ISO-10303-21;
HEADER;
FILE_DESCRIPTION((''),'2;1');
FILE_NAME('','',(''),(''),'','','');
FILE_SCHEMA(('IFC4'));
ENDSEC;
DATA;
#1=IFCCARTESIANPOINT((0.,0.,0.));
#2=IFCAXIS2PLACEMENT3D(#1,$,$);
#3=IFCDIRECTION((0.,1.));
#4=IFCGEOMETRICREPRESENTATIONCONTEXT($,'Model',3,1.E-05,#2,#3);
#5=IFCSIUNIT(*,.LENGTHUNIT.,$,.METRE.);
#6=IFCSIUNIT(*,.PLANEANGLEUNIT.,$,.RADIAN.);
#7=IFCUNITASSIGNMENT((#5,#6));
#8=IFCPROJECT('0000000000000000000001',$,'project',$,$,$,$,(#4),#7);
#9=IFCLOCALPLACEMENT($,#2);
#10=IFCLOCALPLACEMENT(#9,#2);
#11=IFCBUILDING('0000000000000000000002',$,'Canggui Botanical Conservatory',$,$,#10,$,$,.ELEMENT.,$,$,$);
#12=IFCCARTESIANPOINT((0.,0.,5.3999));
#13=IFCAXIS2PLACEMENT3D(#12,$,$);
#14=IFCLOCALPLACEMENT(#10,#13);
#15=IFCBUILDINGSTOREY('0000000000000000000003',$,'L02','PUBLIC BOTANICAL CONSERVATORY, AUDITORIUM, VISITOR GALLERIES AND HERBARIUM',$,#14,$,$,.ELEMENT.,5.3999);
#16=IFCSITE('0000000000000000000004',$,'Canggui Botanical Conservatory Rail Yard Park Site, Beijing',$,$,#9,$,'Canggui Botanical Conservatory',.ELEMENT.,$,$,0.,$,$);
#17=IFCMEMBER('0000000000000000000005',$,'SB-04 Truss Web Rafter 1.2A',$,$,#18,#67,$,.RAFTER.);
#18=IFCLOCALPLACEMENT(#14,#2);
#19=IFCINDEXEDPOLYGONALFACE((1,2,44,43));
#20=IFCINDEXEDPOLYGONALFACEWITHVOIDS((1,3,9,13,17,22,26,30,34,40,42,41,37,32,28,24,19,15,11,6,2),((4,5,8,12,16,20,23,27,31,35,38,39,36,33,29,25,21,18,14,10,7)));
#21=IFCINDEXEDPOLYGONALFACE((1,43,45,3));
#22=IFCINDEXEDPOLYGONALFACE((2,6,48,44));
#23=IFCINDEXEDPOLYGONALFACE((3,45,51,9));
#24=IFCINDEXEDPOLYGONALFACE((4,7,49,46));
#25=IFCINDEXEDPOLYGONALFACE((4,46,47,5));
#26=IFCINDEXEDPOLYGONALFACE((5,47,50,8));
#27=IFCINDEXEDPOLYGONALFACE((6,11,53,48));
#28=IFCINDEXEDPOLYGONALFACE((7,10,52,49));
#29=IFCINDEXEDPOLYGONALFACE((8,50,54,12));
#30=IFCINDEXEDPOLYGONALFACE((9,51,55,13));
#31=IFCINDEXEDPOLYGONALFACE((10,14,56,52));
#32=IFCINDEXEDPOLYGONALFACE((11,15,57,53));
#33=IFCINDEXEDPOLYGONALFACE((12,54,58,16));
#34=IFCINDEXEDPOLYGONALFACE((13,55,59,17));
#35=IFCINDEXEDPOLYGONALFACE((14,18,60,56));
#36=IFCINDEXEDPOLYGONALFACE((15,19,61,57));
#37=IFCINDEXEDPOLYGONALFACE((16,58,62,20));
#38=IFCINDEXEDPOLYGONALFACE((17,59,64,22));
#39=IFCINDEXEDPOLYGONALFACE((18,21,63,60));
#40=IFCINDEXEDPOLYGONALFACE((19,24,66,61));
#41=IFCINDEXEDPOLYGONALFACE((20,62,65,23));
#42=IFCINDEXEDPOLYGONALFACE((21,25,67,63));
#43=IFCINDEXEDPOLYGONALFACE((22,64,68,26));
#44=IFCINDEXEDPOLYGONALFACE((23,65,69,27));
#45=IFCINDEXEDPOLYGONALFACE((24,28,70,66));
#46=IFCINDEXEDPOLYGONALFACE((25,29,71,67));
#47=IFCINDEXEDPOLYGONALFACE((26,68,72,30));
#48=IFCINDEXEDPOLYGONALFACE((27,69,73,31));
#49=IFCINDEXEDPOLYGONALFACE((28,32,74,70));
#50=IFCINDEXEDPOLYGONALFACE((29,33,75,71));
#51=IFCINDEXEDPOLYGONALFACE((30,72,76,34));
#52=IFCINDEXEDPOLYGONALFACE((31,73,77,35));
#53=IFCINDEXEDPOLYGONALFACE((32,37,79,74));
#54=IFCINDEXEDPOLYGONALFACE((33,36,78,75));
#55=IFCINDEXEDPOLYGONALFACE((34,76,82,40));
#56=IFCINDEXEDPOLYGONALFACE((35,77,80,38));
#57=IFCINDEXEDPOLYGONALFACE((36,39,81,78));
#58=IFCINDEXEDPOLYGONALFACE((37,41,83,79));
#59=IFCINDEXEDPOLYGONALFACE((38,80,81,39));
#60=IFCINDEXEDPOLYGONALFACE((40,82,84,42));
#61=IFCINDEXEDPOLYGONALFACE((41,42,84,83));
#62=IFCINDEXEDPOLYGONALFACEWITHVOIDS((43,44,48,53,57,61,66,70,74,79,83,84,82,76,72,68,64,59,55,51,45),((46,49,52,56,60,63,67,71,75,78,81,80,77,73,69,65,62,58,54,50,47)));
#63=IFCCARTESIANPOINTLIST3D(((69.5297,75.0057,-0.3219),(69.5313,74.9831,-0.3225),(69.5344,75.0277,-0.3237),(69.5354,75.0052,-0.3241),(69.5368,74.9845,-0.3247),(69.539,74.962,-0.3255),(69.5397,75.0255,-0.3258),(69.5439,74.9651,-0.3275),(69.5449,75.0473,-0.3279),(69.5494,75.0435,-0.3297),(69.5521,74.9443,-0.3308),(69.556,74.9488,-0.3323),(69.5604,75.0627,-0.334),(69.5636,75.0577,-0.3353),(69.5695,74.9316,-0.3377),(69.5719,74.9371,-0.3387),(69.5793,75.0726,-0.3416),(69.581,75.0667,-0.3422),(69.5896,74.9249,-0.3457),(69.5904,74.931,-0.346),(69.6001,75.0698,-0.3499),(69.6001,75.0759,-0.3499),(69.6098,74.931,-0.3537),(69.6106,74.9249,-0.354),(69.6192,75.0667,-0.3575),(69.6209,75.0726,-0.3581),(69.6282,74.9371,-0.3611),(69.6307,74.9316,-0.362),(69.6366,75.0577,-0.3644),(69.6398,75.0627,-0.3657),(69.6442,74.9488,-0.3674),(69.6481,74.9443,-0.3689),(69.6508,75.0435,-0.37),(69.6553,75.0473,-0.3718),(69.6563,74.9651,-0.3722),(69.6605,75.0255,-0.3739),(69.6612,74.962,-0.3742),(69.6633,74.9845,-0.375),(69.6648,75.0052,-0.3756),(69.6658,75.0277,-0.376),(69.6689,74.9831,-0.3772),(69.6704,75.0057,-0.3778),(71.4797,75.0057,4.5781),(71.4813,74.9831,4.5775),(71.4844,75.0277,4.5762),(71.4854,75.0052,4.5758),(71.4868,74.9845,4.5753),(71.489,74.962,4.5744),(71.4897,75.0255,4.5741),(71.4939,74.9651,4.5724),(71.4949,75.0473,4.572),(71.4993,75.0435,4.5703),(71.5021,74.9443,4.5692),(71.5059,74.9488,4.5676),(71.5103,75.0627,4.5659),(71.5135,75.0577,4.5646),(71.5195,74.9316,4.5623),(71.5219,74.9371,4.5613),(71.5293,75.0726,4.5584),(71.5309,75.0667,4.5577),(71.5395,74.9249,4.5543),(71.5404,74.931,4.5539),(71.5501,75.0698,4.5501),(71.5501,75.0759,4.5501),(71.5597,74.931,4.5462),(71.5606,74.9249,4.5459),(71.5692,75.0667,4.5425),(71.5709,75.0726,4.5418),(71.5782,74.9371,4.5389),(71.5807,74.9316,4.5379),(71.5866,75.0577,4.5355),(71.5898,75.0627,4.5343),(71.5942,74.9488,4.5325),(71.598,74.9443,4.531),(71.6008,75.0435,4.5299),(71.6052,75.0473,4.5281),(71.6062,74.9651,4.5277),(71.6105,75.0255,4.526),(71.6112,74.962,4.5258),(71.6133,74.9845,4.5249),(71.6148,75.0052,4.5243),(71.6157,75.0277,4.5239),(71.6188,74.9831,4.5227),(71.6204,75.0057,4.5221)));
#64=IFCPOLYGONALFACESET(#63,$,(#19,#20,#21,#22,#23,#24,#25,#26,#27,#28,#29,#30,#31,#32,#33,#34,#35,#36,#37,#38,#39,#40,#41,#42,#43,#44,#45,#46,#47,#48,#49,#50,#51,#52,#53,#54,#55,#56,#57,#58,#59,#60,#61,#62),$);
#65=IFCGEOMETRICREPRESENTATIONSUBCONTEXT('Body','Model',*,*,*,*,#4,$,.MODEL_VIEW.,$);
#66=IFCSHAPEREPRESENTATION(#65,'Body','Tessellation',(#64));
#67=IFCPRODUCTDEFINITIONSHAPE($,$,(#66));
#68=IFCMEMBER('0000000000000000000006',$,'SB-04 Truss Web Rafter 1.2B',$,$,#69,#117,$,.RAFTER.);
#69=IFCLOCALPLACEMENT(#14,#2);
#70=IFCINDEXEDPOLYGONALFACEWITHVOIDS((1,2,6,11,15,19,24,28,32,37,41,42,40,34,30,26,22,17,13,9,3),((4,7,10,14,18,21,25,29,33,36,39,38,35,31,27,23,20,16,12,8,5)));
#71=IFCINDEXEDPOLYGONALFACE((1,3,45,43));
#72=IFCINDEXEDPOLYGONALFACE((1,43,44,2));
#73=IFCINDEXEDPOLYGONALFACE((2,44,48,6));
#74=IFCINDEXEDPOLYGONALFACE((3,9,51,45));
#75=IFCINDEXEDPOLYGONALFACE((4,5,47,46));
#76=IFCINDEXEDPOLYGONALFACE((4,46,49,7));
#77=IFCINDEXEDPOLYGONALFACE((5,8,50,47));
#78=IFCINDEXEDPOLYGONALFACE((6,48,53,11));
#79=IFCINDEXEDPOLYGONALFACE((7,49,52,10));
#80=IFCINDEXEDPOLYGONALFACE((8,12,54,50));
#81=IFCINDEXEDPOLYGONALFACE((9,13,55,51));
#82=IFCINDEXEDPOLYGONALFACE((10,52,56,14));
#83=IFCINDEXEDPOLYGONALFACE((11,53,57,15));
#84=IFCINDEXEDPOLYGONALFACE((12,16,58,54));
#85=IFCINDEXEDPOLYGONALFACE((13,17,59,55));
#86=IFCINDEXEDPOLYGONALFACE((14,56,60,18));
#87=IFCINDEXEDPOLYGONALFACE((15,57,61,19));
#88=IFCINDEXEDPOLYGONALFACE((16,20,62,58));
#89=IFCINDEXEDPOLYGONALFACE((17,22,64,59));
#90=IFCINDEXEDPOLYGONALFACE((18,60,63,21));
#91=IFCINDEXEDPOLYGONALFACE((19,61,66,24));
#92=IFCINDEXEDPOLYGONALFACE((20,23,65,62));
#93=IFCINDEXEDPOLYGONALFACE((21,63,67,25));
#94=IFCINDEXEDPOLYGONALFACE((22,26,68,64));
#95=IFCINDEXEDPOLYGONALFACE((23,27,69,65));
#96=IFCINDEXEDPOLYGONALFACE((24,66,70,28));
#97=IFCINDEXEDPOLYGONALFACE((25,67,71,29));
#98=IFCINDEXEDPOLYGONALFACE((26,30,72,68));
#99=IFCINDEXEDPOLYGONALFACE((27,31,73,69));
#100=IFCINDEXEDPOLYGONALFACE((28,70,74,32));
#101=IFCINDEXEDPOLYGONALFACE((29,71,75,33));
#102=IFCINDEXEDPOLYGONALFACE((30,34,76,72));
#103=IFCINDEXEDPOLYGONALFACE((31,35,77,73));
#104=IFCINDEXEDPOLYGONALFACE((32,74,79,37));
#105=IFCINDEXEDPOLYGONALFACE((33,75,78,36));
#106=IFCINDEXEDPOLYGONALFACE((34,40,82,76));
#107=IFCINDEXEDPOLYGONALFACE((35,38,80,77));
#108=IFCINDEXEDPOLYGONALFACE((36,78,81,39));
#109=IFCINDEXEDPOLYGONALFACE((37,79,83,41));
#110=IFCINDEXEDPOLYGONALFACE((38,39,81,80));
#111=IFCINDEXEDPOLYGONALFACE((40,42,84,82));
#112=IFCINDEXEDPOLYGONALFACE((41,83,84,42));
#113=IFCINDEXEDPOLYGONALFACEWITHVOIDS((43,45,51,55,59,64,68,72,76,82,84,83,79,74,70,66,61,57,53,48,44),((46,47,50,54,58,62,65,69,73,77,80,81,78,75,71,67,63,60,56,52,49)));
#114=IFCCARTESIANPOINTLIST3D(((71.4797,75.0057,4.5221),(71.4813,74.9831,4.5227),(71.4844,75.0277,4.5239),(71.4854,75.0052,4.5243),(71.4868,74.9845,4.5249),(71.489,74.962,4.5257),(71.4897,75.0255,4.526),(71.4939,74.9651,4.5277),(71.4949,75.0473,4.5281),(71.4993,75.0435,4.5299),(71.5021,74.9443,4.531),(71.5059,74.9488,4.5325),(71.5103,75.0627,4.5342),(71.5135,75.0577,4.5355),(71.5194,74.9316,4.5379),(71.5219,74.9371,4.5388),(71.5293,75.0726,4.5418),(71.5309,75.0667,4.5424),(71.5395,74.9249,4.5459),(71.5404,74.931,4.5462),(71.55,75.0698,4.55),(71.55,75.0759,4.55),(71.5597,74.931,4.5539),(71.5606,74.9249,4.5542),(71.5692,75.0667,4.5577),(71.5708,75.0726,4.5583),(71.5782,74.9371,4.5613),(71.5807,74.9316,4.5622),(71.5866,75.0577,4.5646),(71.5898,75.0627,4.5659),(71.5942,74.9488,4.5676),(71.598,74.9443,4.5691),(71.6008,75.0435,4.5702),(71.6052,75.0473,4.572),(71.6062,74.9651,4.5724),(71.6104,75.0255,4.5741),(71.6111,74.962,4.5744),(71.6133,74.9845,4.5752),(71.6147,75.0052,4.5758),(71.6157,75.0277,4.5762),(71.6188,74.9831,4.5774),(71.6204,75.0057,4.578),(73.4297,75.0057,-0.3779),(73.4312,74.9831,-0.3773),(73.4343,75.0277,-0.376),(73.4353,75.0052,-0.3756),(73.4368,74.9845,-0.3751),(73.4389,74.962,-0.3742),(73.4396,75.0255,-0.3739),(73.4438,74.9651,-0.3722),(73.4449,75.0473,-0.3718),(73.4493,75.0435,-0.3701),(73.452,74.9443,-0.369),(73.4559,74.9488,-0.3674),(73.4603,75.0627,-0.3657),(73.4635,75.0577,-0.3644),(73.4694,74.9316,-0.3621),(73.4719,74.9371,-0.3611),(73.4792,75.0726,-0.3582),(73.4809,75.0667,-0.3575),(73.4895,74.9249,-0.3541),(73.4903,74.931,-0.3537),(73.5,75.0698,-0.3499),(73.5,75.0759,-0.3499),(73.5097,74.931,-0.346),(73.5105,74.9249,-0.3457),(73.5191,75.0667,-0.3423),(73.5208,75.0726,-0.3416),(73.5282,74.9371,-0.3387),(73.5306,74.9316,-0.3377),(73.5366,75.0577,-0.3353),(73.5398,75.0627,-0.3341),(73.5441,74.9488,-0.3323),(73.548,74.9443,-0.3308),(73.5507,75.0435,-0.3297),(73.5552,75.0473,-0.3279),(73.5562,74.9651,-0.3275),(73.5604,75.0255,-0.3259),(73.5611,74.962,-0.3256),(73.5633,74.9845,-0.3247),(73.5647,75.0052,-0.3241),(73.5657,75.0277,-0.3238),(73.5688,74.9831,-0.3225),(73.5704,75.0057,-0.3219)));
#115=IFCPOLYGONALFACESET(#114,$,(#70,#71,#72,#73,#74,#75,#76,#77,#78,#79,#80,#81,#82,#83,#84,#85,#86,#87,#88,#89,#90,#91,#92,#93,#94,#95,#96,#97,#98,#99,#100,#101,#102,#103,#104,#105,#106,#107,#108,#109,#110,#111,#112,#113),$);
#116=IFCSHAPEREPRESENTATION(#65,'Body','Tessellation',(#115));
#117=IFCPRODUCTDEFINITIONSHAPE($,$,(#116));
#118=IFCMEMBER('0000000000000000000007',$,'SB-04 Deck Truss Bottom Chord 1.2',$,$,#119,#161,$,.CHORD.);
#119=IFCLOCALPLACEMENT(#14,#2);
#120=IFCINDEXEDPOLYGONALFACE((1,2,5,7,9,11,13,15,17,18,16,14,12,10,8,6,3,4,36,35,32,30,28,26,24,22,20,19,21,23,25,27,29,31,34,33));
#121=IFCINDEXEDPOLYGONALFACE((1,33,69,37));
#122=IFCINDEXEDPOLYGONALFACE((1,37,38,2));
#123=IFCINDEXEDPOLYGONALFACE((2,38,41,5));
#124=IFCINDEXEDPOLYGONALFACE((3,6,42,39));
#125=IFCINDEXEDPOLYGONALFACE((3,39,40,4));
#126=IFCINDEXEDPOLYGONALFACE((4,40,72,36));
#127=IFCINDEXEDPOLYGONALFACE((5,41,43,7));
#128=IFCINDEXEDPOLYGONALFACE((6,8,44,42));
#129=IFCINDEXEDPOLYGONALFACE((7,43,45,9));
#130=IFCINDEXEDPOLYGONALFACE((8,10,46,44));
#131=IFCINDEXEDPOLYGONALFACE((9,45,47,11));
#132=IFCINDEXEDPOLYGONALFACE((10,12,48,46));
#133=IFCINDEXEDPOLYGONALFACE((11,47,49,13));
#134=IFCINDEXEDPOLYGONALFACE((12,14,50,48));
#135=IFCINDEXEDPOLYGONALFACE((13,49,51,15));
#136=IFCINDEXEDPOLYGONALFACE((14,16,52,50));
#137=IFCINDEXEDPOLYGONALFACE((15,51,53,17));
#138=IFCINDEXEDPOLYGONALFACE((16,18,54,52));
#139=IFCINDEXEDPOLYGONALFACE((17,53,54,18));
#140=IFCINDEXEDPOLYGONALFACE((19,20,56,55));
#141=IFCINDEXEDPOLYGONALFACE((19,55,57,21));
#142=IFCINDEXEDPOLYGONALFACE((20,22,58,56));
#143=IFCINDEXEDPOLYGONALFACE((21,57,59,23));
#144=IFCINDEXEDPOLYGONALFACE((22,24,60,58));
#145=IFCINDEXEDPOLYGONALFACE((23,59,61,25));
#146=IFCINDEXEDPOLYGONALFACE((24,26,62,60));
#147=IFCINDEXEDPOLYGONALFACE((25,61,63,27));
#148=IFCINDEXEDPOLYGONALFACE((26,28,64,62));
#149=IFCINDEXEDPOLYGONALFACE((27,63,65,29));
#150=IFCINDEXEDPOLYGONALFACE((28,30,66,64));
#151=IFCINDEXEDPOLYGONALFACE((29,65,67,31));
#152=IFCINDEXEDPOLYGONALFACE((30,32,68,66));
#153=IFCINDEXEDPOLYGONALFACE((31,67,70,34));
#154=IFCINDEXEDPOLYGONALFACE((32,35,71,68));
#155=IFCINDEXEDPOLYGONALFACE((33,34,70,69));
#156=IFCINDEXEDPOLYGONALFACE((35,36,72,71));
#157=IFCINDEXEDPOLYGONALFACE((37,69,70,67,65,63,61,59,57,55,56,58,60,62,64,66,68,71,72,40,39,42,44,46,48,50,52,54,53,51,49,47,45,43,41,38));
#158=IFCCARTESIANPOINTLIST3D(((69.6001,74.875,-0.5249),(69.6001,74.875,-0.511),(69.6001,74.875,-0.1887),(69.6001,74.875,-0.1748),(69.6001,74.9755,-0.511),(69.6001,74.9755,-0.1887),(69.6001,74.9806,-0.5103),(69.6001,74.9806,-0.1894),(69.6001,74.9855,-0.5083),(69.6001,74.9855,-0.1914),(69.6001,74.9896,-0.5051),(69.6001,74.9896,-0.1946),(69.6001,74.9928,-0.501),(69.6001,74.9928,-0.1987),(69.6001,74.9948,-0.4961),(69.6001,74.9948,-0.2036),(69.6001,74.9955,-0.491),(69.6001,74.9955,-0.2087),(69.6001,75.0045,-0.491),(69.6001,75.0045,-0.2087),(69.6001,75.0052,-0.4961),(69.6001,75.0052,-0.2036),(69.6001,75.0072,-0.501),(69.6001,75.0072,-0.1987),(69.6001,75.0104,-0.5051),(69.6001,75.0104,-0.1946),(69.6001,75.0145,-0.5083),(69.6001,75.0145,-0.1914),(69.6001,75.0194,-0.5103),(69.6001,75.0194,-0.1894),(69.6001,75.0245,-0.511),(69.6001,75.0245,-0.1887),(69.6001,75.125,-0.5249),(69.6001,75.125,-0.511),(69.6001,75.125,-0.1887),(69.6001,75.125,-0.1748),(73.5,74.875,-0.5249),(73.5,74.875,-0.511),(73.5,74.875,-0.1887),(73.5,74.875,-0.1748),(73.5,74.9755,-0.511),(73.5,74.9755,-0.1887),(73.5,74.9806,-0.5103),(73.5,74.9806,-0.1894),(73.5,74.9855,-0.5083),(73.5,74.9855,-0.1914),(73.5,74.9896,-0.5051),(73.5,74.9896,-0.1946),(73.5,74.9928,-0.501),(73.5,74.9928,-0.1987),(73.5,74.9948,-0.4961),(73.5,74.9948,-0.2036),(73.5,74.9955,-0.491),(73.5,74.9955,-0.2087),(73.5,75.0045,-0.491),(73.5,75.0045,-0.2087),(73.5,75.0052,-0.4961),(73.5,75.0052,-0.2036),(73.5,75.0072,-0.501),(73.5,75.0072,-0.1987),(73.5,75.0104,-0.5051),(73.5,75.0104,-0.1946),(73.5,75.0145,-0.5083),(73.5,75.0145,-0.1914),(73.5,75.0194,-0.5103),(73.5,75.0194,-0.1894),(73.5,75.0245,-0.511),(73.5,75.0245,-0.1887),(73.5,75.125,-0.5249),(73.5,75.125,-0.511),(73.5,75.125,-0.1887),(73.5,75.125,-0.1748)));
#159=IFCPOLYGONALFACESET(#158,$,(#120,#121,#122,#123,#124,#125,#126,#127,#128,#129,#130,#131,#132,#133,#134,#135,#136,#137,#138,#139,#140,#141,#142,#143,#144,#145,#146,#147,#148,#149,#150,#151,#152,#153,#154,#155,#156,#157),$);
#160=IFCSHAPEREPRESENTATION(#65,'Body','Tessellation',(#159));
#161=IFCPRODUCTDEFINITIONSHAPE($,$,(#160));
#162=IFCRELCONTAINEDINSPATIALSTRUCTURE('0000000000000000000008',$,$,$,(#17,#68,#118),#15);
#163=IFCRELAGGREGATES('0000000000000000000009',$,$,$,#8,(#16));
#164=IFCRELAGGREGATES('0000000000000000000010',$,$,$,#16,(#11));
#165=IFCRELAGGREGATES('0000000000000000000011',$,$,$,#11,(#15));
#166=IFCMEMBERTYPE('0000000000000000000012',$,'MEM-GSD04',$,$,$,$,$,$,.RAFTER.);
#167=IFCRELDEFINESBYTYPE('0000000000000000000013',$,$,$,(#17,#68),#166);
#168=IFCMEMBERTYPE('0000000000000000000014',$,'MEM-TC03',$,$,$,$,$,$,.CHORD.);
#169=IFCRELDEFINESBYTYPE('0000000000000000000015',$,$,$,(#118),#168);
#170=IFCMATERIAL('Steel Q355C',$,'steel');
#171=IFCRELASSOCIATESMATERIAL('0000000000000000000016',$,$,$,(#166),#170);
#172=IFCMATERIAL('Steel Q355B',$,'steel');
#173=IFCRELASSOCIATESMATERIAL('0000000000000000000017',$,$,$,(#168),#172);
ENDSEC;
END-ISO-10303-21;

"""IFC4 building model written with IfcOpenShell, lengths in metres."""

from ifc_helpers import new_model, si_unit, direction, frame, origin, origin_2d, place, context, subcontext, project, spatial, hollow_circle, i_section, extrude, material, material_profile, profile_set, type_object, element, save


model = new_model("IFC4")

# Units and contexts
model_context = context("Model", 3, precision=1e-05, world=origin(), true_north=direction((0.0, 1.0)))
body_context = subcontext(model_context, "Body", "Model", "MODEL_VIEW")
ifc_project = project(units=[si_unit("LENGTHUNIT", "METRE"), si_unit("PLANEANGLEUNIT", "RADIAN")], contexts=[model_context])

# Site, building, storey
site_placement = place(None, origin())
site = spatial("IfcSite", under=ifc_project, at=site_placement, Name="Canggui Botanical Conservatory Rail Yard Park Site, Beijing", LongName="Canggui Botanical Conservatory", CompositionType="ELEMENT", RefElevation=0.0)
building_placement = place(site_placement, origin())
building = spatial("IfcBuilding", under=site, at=building_placement, Name="Canggui Botanical Conservatory", CompositionType="ELEMENT")
storey_placement = place(building_placement, frame((0.0, 0.0, 5.3999)))
storey = spatial("IfcBuildingStorey", under=building, at=storey_placement, Name="L02", Description="PUBLIC BOTANICAL CONSERVATORY, AUDITORIUM, VISITOR GALLERIES AND HERBARIUM", CompositionType="ELEMENT", Elevation=5.3999)

# Shared definitions
ifc_material_1 = material(Name="Steel Q355B", Category="steel")

# Shared definitions
ifc_material_2 = material(Name="Steel Q355C", Category="steel")

# Members
ifc_material_profile_1 = material_profile(ifc_material_2, hollow_circle(Radius=0.0759, WallThickness=0.0061, at=origin_2d()), Name="CHS 152x6")
ifc_profile_set_1 = profile_set([ifc_material_profile_1], Name="Steel Q355C")
member_type_1 = type_object("IfcMemberType", Name="MEM-GSD04", PredefinedType="RAFTER", material=ifc_profile_set_1)
for number, where, z_axis, x_axis, name in (
    (1, (69.6001, 75.0, -0.3499), (0.369754, 0.0, 0.92913), (0.0, 1.0, 0.0), "SB-04 Truss Web Rafter 1.2A"),
    (2, (71.55, 75.0, 4.55), (0.369754, 0.0, -0.92913), (0.0, 1.0, 0.0), "SB-04 Truss Web Rafter 1.2B"),
):
    element("IfcMember", number, at=place(storey_placement, frame(where, z_axis=z_axis, x_axis=x_axis)), inside=storey, type_object=member_type_1, Name=name, PredefinedType="RAFTER", context=body_context, shape_type="SweptSolid", body=[
        extrude(hollow_circle(Radius=0.0759, WallThickness=0.0061, at=origin_2d()), origin(), (0.0, 0.0, 1.0), 5.2737),
    ])
ifc_material_profile_2 = material_profile(ifc_material_1, i_section(OverallWidth=0.25, OverallDepth=0.3501, WebThickness=0.009, FlangeThickness=0.0139, FilletRadius=0.02, at=origin_2d()), Name="HM 350x250x9x14")
ifc_profile_set_2 = profile_set([ifc_material_profile_2], Name="Steel Q355B")
member_type_2 = type_object("IfcMemberType", Name="MEM-TC03", PredefinedType="CHORD", material=ifc_profile_set_2)
member_1_placement = place(storey_placement, frame((69.6001, 75.0, -0.3499), z_axis=(1.0, 0.0, 0.0), x_axis=(0.0, 1.0, 0.0)))
element("IfcMember", 3, at=member_1_placement, inside=storey, type_object=member_type_2, Name="SB-04 Deck Truss Bottom Chord 1.2", PredefinedType="CHORD", context=body_context, shape_type="SweptSolid", body=[
    extrude(i_section(OverallWidth=0.25, OverallDepth=0.3501, WebThickness=0.009, FlangeThickness=0.0139, FilletRadius=0.02, at=origin_2d()), origin(), (0.0, 0.0, 1.0), 3.8999),
])

save(model, "model.ifc")
